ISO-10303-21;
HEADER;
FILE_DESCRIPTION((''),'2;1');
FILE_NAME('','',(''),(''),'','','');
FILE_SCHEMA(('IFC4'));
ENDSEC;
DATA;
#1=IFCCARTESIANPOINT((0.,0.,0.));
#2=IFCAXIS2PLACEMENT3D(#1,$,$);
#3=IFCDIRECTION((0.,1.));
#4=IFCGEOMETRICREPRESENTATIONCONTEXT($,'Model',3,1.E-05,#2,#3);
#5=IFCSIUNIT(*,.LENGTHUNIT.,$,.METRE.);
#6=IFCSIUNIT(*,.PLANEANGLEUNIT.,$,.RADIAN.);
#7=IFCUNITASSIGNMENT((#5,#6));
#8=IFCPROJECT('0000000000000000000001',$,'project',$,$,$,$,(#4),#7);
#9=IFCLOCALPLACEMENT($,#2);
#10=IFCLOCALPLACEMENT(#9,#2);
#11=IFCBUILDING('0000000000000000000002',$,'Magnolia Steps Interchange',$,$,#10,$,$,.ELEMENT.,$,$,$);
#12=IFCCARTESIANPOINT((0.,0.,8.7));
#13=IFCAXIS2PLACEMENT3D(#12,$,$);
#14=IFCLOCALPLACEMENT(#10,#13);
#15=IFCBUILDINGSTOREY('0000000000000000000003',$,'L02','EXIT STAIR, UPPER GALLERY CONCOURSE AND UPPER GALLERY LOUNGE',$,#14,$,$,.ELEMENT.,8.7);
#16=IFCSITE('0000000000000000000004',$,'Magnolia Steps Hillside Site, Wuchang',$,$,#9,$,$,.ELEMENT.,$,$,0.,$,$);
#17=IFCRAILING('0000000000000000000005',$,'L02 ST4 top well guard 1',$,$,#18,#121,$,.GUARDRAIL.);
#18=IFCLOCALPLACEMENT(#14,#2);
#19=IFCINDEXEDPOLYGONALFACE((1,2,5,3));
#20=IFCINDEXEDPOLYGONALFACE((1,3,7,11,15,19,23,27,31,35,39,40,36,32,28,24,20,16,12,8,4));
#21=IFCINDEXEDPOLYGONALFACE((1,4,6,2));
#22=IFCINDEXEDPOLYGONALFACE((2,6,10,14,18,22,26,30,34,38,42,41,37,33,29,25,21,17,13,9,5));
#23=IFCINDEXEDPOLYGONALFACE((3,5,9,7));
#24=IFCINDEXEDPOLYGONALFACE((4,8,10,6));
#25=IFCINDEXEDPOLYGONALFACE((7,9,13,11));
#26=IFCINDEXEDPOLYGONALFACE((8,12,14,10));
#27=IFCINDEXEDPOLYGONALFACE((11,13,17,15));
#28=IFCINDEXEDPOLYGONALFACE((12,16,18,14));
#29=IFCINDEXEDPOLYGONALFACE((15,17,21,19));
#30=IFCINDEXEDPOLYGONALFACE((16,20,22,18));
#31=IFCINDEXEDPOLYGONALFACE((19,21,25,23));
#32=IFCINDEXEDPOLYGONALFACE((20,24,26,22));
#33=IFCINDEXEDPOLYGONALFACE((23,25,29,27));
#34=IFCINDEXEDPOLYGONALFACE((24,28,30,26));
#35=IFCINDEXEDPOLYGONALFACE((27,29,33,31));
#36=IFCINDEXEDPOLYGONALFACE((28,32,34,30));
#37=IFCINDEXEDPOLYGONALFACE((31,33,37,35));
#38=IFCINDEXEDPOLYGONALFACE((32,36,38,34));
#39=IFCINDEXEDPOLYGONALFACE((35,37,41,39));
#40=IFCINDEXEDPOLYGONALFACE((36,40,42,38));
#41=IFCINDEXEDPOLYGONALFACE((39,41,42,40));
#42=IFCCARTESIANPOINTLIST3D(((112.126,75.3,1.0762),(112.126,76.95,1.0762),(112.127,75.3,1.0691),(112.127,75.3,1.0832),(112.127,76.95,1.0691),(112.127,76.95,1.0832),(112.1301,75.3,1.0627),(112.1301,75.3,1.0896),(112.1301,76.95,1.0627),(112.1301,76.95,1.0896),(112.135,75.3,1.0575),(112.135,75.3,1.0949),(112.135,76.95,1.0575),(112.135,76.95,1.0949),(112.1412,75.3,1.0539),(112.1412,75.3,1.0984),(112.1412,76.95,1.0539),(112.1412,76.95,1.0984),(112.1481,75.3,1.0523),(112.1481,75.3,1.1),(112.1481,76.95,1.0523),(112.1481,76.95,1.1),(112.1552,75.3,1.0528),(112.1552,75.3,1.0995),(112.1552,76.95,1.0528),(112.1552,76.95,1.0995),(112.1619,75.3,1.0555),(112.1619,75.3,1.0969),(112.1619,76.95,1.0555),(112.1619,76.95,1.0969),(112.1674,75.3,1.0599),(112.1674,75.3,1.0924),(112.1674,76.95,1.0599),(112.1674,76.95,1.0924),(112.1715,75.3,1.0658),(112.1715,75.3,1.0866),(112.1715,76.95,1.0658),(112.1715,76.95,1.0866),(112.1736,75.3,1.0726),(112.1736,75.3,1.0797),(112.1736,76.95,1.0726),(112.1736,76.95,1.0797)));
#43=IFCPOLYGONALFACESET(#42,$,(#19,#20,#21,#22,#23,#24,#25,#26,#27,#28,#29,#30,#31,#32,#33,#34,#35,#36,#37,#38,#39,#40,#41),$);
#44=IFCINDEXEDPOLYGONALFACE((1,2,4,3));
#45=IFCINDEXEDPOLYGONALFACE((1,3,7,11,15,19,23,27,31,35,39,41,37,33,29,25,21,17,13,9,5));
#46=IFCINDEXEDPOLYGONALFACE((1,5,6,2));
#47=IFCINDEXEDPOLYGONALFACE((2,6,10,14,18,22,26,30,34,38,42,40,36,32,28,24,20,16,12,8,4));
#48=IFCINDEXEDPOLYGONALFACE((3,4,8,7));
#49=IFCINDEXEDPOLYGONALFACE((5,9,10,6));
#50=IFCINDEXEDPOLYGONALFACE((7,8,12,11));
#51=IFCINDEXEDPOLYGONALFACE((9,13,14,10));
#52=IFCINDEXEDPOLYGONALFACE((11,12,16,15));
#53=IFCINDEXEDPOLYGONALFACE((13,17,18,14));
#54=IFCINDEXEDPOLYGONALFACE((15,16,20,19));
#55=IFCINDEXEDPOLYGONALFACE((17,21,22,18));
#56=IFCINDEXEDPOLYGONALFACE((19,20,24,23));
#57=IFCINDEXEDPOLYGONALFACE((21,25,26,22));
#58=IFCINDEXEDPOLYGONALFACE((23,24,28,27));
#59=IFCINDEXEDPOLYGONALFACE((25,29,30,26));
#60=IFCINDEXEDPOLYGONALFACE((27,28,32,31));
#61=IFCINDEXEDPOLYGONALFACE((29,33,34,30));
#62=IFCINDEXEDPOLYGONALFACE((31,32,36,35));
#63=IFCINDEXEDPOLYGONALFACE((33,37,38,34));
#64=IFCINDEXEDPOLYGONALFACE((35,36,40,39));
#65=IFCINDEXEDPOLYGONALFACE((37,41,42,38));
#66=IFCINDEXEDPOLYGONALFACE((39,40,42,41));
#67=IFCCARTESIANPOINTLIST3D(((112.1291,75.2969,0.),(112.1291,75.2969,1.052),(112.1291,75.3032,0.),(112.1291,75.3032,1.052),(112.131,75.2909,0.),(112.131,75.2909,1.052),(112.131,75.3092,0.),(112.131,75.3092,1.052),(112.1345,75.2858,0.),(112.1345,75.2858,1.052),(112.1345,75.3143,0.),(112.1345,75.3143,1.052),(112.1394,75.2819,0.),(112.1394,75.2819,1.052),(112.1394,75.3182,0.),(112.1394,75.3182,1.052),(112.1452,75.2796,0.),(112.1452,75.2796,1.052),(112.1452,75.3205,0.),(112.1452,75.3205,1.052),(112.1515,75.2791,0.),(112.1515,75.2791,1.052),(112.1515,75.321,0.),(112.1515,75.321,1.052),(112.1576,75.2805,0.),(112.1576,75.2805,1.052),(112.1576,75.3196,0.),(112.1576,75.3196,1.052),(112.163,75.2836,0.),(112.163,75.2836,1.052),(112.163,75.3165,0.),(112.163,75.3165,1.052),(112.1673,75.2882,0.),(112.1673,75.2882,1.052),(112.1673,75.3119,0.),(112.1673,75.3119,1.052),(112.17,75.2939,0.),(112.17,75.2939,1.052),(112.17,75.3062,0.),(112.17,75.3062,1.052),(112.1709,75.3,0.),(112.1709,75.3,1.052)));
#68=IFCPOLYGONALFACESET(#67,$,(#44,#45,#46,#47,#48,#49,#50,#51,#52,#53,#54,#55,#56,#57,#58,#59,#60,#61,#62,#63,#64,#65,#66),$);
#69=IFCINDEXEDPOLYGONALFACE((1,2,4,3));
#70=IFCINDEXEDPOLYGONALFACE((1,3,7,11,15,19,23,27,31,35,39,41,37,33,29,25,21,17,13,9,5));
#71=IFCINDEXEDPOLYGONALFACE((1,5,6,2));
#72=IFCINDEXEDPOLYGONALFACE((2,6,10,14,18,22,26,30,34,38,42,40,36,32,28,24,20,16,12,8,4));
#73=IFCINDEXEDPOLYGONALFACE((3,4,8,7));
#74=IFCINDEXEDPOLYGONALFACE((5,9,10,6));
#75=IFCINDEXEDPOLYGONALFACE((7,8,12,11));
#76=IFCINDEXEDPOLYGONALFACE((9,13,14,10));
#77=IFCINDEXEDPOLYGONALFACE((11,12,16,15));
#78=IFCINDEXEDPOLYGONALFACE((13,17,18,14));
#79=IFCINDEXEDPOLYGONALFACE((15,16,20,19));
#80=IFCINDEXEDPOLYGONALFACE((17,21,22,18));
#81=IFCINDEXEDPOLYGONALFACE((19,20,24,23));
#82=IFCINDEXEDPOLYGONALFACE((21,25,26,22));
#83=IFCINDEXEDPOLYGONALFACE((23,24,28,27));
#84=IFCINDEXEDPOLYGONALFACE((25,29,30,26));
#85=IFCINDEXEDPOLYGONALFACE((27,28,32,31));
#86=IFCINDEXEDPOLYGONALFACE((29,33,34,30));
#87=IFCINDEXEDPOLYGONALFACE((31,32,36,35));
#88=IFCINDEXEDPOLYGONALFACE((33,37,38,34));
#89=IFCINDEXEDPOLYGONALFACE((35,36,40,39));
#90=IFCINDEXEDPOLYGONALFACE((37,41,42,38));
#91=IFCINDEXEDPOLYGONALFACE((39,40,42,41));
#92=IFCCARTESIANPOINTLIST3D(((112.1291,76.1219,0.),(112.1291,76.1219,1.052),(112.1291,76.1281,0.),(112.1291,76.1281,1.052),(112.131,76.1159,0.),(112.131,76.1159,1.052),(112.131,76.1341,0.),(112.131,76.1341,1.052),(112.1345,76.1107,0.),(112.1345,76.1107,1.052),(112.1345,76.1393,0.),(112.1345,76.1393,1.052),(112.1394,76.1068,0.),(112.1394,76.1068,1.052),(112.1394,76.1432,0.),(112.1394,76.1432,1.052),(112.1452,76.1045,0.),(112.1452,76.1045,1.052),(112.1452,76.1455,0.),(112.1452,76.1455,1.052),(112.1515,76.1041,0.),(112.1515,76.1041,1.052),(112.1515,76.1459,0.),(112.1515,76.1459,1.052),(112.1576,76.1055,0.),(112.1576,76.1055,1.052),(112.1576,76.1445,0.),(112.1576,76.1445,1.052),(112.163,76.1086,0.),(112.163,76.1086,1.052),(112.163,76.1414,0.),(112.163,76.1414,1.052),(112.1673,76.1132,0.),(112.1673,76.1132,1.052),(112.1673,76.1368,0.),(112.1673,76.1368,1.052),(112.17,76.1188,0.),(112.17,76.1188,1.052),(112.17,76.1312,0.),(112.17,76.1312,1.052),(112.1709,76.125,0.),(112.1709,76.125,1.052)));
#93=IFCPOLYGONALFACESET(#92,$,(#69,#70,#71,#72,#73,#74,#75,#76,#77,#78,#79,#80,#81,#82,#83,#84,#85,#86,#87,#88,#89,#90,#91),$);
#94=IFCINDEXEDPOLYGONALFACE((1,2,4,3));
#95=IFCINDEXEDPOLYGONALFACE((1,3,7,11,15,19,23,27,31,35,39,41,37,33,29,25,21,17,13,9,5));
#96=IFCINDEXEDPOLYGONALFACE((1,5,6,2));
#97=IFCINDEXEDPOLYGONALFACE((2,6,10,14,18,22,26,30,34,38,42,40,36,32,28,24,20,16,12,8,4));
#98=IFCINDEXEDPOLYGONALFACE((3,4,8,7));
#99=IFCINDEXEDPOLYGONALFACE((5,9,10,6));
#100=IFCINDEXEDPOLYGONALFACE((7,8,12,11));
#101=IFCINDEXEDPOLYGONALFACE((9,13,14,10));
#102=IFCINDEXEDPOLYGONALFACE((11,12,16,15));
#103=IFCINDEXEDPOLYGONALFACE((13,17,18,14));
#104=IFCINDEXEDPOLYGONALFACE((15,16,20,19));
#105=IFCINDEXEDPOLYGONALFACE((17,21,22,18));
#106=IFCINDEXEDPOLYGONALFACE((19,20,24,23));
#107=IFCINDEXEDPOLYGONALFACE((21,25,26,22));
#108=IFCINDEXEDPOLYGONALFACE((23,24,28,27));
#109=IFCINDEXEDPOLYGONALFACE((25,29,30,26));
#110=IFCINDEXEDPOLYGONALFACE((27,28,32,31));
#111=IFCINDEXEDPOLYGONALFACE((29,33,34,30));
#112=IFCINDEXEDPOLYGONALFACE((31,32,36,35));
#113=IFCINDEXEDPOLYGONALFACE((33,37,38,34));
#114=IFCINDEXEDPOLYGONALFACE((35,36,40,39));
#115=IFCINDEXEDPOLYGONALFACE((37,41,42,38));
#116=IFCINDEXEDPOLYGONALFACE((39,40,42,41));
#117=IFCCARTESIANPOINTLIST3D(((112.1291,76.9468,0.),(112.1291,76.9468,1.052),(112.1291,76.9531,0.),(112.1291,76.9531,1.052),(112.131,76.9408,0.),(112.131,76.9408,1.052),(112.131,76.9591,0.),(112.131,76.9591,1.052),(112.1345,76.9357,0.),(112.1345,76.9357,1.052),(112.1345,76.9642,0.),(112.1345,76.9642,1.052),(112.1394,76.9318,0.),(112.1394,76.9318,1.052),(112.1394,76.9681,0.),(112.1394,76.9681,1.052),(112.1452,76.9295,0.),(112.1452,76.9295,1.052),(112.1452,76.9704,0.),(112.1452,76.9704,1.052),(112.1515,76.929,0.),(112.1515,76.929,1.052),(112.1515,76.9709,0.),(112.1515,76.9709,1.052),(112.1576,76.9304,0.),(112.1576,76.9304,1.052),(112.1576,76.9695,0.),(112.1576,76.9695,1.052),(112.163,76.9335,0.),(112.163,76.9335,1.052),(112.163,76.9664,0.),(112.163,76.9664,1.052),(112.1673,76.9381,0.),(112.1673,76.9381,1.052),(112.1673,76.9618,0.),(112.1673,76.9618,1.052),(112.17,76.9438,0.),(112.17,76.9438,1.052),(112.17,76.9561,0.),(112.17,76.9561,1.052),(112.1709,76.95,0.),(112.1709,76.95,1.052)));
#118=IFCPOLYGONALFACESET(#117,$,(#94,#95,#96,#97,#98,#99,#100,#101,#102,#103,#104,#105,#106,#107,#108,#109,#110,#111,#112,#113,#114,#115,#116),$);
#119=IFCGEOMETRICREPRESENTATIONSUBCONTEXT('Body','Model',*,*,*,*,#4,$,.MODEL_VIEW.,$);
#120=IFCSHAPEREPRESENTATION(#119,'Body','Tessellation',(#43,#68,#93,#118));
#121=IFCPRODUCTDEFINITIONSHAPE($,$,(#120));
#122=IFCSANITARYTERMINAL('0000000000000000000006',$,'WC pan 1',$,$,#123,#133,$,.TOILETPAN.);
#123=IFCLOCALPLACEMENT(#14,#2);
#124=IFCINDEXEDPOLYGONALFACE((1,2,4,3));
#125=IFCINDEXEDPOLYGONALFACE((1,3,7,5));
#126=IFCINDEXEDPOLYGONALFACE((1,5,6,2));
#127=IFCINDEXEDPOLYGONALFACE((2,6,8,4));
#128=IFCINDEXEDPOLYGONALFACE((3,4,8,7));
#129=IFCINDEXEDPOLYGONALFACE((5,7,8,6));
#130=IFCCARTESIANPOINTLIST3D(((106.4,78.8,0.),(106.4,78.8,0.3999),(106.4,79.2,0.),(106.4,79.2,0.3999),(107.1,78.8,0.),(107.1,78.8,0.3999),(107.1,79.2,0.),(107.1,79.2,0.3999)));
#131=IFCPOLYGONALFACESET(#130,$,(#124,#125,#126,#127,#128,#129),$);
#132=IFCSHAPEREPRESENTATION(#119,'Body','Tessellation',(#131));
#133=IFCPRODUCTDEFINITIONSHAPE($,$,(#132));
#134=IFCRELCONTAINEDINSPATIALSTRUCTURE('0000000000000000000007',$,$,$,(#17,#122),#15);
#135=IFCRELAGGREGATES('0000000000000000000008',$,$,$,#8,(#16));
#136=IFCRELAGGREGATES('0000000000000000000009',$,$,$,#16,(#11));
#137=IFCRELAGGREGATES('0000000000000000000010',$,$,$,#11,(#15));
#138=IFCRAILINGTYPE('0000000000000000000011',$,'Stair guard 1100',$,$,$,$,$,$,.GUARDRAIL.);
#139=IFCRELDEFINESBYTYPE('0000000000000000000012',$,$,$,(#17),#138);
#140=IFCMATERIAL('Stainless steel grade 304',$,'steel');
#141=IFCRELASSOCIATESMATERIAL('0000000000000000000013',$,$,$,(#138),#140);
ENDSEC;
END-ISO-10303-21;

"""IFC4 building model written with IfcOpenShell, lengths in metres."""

from ifc_helpers import new_model, si_unit, direction, frame, origin, origin_2d, place, context, subcontext, project, spatial, rectangle, circle, extrude, material, type_object, element, save


model = new_model("IFC4")

# Units and contexts
model_context = context("Model", 3, precision=1e-05, world=origin(), true_north=direction((0.0, 1.0)))
body_context = subcontext(model_context, "Body", "Model", "MODEL_VIEW")
ifc_project = project(units=[si_unit("LENGTHUNIT", "METRE"), si_unit("PLANEANGLEUNIT", "RADIAN")], contexts=[model_context])

# Site, building, storey
site_placement = place(None, origin())
site = spatial("IfcSite", under=ifc_project, at=site_placement, Name="Magnolia Steps Hillside Site, Wuchang", CompositionType="ELEMENT", RefElevation=0.0)
building_placement = place(site_placement, origin())
building = spatial("IfcBuilding", under=site, at=building_placement, Name="Magnolia Steps Interchange", CompositionType="ELEMENT")
storey_placement = place(building_placement, frame((0.0, 0.0, 8.7)))
storey = spatial("IfcBuildingStorey", under=building, at=storey_placement, Name="L02", Description="EXIT STAIR, UPPER GALLERY CONCOURSE AND UPPER GALLERY LOUNGE", CompositionType="ELEMENT", Elevation=8.7)

# Railing
ifc_material_1 = material(Name="Stainless steel grade 304", Category="steel")
railing_type = type_object("IfcRailingType", Name="Stair guard 1100", PredefinedType="GUARDRAIL", material=ifc_material_1)
railing_1_placement = place(storey_placement, frame((112.1499, 75.3, 0.0)))
element("IfcRailing", 1, at=railing_1_placement, inside=storey, type_object=railing_type, Name="L02 ST4 top well guard 1", PredefinedType="GUARDRAIL", context=body_context, shape_type="SweptSolid", body=[
    extrude(circle(Radius=0.0239, at=origin_2d()), frame((0.0, 0.0, 1.0762), z_axis=(0.0, 1.0, 0.0), x_axis=(-1.0, 0.0, 0.0)), (0.0, 0.0, 1.0), 1.6499),
    extrude(circle(Radius=0.021, at=origin_2d()), origin(), (0.0, 0.0, 1.0), 1.052),
    extrude(circle(Radius=0.021, at=origin_2d()), frame((0.0, 0.825, 0.0)), (0.0, 0.0, 1.0), 1.052),
    extrude(circle(Radius=0.021, at=origin_2d()), frame((0.0, 1.6499, 0.0)), (0.0, 0.0, 1.0), 1.052),
])

# Sanitary terminal
sanitary_terminal_placement = place(storey_placement, frame((106.75, 79.0, 0.0), z_axis=(0.0, 0.0, 1.0), x_axis=(0.0, 1.0, 0.0)))
element("IfcSanitaryTerminal", 2, at=sanitary_terminal_placement, inside=storey, Name="WC pan 1", PredefinedType="TOILETPAN", context=body_context, shape_type="SweptSolid", body=[
    extrude(rectangle(XDim=0.3999, YDim=0.7, at=origin_2d()), origin(), (0.0, 0.0, 1.0), 0.3999),
])

save(model, "model.ifc")
